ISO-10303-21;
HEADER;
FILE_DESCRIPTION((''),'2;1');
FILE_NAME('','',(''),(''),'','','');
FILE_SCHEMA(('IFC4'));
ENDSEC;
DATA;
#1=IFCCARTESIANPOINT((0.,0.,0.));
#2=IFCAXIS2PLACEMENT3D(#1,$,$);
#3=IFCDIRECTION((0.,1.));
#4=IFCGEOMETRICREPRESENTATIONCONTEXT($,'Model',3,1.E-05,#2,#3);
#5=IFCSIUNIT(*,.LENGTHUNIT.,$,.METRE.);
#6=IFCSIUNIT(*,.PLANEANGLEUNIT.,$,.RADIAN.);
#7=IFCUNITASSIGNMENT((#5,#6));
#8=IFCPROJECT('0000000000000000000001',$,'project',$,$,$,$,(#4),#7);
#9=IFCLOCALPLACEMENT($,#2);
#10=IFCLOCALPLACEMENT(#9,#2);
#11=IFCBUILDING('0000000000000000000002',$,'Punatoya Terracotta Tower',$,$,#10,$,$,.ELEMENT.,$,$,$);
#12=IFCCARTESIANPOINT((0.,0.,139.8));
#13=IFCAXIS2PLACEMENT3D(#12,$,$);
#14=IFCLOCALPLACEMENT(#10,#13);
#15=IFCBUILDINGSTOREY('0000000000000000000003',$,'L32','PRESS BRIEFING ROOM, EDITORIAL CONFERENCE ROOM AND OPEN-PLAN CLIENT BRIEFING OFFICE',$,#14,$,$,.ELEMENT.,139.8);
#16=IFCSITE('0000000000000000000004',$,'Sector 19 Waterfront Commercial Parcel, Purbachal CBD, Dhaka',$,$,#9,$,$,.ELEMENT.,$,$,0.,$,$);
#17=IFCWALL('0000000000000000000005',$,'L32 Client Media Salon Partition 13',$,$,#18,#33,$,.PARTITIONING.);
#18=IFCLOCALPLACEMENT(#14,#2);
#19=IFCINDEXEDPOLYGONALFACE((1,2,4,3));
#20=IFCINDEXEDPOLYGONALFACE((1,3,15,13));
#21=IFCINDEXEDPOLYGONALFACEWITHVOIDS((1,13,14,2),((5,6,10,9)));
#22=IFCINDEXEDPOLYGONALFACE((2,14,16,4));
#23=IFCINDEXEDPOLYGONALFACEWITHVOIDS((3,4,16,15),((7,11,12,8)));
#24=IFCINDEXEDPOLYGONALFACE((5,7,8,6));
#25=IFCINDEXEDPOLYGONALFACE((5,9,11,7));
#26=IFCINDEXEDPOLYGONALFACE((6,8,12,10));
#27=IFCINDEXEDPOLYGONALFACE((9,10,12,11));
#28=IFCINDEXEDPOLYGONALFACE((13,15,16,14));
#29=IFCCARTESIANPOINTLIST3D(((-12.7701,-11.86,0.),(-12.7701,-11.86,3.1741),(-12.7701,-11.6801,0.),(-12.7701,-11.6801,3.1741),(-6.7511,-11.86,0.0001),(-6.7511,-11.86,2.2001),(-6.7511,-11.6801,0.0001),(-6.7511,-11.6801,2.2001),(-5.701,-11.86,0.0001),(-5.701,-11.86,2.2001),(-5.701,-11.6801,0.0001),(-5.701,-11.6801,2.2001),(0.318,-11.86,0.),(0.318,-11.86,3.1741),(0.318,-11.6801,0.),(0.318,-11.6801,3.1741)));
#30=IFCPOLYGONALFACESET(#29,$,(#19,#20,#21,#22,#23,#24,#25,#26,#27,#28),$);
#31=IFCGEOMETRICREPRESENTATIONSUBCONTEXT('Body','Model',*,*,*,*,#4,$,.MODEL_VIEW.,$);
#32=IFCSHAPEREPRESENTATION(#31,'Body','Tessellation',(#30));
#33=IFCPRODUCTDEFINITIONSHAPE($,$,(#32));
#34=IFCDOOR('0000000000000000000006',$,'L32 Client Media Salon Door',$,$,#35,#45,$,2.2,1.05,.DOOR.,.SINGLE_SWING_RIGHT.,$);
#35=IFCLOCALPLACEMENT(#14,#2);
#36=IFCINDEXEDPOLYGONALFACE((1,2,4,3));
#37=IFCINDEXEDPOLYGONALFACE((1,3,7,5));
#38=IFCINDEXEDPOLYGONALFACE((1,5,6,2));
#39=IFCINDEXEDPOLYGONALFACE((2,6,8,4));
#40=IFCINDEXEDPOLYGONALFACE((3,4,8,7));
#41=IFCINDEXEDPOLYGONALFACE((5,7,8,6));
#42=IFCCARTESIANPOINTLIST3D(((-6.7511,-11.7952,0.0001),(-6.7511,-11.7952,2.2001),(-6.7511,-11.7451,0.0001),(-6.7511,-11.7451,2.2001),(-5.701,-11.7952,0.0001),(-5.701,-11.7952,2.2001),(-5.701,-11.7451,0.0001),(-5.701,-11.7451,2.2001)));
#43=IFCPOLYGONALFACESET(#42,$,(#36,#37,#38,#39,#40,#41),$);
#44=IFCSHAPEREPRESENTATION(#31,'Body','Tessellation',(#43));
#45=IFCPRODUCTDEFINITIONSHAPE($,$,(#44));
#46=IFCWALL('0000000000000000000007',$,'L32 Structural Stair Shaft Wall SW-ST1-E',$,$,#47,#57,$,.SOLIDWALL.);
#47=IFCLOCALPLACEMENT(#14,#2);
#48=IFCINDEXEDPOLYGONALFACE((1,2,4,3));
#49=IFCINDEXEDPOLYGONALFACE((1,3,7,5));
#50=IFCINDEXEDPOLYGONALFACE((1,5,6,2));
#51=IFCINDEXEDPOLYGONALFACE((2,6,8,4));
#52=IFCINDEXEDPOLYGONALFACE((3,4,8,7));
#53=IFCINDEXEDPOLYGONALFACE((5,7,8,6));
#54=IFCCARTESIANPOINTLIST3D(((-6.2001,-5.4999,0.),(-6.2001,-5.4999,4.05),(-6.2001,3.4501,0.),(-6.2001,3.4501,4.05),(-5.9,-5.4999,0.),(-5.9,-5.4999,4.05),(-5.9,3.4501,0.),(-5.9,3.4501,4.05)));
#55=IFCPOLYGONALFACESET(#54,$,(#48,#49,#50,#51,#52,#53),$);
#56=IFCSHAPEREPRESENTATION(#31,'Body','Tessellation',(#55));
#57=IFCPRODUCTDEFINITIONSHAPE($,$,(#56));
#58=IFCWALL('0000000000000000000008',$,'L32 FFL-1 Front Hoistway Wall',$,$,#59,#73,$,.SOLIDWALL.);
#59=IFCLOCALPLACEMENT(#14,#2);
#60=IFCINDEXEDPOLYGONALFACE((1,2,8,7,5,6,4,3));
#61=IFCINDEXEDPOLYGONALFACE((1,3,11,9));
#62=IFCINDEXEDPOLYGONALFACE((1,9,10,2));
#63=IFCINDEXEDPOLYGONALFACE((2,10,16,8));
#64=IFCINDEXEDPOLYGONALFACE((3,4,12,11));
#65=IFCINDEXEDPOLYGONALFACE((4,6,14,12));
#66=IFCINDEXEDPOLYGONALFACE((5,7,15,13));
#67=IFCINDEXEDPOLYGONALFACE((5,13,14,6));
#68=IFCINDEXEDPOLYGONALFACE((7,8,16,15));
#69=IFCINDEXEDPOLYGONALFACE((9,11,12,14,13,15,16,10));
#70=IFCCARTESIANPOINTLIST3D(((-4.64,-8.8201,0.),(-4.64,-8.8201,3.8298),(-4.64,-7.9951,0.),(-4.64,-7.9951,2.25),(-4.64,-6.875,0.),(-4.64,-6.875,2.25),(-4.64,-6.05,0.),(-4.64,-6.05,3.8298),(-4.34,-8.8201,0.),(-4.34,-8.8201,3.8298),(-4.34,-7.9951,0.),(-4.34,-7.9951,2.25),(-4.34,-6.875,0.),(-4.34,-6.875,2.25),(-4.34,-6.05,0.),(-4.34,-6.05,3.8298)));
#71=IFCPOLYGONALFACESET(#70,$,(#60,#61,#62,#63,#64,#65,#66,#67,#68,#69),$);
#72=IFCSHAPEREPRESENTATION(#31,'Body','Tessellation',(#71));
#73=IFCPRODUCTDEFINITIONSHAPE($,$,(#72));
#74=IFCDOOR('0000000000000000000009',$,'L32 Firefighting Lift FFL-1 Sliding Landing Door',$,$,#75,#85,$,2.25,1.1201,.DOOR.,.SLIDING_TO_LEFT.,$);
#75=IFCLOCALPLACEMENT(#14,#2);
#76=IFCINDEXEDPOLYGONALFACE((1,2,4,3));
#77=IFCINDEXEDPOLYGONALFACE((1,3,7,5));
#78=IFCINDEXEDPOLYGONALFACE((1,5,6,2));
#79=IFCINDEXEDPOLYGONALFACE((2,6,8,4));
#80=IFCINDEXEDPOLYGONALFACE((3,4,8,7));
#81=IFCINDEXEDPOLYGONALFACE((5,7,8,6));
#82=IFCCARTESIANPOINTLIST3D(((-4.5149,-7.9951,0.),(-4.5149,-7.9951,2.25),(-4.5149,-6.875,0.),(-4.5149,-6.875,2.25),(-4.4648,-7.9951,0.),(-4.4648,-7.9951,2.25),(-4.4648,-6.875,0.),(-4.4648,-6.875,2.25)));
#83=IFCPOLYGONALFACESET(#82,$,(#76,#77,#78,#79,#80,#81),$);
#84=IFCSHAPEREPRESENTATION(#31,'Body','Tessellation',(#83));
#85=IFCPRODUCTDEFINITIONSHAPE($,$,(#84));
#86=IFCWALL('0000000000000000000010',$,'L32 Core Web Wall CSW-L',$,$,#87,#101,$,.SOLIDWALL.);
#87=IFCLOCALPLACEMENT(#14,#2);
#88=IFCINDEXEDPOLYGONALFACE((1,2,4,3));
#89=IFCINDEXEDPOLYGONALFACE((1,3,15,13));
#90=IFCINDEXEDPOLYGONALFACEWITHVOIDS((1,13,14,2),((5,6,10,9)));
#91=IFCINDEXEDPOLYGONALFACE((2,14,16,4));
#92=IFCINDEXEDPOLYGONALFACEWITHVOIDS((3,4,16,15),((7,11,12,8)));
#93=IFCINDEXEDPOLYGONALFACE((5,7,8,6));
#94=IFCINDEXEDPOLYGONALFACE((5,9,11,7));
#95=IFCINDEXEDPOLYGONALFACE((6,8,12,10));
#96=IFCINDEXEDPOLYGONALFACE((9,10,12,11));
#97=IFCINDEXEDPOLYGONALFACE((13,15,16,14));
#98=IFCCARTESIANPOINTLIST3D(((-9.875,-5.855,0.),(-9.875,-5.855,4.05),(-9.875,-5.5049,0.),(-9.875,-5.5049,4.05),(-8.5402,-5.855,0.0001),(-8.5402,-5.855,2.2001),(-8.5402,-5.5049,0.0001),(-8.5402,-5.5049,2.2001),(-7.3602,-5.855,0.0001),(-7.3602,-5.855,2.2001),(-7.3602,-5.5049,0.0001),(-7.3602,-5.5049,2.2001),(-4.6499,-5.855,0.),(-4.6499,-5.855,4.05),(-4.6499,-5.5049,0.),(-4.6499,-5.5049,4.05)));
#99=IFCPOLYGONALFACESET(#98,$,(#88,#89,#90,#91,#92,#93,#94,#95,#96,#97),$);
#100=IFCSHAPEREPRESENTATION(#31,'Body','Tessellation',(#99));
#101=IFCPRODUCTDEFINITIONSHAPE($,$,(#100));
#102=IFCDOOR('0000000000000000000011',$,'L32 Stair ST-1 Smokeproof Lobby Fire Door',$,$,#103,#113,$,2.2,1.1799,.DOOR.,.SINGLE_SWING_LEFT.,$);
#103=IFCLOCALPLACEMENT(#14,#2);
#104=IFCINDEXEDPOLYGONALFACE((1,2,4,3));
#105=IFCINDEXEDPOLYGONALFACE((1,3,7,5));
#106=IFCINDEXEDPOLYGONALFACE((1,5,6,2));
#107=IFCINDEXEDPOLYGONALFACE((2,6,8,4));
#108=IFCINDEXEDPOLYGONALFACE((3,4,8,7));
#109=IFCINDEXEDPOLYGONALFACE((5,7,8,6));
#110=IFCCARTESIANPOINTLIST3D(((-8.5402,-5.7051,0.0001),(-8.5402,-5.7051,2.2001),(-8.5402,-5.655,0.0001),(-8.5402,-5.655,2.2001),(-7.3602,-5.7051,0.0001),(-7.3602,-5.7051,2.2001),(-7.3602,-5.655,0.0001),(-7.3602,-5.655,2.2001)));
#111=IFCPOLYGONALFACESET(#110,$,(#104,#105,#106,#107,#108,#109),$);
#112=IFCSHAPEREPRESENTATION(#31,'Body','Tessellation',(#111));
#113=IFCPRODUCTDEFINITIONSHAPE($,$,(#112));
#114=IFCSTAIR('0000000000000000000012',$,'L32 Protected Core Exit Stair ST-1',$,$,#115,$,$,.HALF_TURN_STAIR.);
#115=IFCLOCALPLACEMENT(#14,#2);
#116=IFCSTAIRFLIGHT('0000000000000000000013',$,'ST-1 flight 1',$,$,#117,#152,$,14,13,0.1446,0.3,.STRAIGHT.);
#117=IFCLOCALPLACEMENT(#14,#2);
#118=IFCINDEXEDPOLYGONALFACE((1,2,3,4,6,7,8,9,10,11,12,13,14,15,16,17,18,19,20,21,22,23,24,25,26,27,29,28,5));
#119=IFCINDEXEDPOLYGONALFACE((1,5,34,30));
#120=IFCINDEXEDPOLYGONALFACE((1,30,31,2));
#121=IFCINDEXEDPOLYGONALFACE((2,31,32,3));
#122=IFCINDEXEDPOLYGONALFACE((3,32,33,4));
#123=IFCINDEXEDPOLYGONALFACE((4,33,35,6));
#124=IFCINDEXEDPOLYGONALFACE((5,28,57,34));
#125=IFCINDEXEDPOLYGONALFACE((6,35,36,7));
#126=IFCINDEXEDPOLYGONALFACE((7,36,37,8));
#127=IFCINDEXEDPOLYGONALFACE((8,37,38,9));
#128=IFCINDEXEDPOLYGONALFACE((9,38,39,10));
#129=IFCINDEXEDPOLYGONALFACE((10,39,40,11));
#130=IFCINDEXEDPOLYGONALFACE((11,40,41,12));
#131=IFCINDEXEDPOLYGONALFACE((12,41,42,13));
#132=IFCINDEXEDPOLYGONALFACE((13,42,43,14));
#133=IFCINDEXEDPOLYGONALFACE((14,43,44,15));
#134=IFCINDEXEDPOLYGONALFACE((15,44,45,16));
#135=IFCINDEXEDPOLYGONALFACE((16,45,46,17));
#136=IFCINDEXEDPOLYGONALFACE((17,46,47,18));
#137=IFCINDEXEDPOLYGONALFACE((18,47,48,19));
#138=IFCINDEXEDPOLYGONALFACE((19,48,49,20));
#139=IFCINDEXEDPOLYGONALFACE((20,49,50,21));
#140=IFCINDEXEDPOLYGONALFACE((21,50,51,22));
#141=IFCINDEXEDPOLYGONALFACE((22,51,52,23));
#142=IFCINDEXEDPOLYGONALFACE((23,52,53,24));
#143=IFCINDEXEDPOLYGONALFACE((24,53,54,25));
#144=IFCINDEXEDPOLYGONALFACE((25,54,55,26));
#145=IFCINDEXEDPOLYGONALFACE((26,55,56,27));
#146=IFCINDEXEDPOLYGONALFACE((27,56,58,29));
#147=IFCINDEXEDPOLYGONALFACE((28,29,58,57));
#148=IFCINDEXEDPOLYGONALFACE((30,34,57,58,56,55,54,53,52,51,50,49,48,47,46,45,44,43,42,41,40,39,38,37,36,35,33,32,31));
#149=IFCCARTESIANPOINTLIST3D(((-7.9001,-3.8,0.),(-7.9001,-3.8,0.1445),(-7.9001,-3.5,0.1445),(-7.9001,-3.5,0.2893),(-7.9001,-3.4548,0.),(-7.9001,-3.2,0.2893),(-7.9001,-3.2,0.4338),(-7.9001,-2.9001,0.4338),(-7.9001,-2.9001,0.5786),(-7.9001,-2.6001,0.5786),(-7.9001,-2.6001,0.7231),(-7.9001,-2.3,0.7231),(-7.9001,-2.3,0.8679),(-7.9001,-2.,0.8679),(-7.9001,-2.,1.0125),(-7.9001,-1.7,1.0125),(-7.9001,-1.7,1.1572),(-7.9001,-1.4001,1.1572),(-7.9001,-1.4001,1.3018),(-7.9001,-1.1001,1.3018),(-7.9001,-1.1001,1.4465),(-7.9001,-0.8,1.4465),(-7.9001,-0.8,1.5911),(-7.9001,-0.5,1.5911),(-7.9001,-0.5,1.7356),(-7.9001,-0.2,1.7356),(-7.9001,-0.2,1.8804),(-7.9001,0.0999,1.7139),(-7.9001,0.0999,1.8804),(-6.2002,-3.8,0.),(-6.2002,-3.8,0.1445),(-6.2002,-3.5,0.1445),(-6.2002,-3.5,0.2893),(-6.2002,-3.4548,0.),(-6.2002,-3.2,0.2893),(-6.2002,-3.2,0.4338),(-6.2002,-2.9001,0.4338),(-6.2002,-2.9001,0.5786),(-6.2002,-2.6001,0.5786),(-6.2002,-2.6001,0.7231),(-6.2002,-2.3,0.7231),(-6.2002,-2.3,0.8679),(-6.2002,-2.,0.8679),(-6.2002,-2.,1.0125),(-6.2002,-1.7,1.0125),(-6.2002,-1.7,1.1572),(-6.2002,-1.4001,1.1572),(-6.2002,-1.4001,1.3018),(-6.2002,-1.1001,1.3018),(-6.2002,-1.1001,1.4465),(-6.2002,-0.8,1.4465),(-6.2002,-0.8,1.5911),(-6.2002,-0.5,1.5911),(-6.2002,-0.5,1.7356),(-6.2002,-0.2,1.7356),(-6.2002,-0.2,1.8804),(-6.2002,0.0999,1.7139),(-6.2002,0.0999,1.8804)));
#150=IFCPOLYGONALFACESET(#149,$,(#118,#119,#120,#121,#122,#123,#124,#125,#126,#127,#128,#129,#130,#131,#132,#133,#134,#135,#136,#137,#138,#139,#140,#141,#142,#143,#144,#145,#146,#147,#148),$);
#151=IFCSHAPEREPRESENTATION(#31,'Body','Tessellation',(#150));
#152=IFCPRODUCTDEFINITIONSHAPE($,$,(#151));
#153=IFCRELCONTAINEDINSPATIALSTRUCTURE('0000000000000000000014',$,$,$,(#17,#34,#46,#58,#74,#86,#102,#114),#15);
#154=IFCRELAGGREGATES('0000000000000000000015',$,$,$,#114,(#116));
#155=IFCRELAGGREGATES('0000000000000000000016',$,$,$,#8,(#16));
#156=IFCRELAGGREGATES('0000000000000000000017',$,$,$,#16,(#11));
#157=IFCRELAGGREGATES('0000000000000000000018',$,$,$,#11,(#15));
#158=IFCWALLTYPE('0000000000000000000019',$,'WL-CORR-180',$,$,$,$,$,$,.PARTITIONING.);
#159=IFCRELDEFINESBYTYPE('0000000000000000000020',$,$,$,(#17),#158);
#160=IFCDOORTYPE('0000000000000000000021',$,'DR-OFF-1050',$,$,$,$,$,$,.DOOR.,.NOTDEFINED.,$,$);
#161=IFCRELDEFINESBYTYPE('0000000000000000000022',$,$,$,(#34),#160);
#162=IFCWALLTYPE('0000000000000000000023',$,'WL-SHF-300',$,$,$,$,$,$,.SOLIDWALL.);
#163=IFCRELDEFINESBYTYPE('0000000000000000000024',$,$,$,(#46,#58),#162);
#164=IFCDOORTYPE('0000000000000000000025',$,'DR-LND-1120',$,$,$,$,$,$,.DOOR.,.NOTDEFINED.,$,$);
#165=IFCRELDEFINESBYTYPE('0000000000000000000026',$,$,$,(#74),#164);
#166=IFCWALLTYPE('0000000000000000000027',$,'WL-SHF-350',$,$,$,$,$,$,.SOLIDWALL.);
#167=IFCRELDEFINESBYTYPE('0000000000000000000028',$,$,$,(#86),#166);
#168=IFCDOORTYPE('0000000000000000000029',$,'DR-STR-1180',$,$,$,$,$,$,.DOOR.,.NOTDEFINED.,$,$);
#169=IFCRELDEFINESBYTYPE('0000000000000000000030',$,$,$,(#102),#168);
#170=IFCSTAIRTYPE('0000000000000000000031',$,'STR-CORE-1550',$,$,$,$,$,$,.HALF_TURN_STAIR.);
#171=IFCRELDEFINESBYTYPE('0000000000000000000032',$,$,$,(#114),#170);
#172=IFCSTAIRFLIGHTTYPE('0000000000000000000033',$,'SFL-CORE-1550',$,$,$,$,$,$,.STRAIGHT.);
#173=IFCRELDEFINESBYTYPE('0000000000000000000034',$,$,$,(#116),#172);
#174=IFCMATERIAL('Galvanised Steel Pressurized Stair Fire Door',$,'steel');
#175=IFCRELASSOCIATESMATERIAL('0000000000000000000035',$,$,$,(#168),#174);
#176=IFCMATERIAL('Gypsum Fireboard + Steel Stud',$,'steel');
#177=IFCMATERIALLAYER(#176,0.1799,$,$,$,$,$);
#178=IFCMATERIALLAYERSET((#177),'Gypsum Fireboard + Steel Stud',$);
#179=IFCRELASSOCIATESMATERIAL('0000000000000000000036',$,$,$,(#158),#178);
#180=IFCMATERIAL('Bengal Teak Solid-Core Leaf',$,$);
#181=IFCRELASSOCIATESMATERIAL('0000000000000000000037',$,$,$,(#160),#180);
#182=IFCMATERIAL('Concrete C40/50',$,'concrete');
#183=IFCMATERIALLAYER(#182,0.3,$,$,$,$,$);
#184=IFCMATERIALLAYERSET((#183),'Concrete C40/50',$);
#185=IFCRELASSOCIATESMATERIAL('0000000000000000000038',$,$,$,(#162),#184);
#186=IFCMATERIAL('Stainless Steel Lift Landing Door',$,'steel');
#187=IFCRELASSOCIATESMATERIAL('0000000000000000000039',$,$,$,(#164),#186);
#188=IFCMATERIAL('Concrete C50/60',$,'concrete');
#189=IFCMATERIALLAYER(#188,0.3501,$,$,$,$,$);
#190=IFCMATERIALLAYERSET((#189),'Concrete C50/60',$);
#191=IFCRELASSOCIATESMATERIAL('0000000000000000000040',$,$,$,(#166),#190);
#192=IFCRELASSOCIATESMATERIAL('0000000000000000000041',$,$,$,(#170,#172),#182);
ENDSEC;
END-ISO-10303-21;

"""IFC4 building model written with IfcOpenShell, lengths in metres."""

from ifc_helpers import new_model, si_unit, direction, frame, frame_2d, origin, place, context, subcontext, project, spatial, polyline, rectangle, outline, extrude, material, layer, layer_set, type_object, element, fill, aggregate, save


model = new_model("IFC4")

# Units and contexts
model_context = context("Model", 3, precision=1e-05, world=origin(), true_north=direction((0.0, 1.0)))
body_context = subcontext(model_context, "Body", "Model", "MODEL_VIEW")
ifc_project = project(units=[si_unit("LENGTHUNIT", "METRE"), si_unit("PLANEANGLEUNIT", "RADIAN")], contexts=[model_context])

# Site, building, storey
site_placement = place(None, origin())
site = spatial("IfcSite", under=ifc_project, at=site_placement, Name="Sector 19 Waterfront Commercial Parcel, Purbachal CBD, Dhaka", CompositionType="ELEMENT", RefElevation=0.0)
building_placement = place(site_placement, origin())
building = spatial("IfcBuilding", under=site, at=building_placement, Name="Punatoya Terracotta Tower", CompositionType="ELEMENT")
storey_placement = place(building_placement, frame((0.0, 0.0, 139.8)))
storey = spatial("IfcBuildingStorey", under=building, at=storey_placement, Name="L32", Description="PRESS BRIEFING ROOM, EDITORIAL CONFERENCE ROOM AND OPEN-PLAN CLIENT BRIEFING OFFICE", CompositionType="ELEMENT", Elevation=139.8)

# Wall, opening, door
ifc_material_1 = material(Name="Galvanised Steel Pressurized Stair Fire Door", Category="steel")
door_type_1 = type_object("IfcDoorType", Name="DR-STR-1180", OperationType="NOTDEFINED", PredefinedType="DOOR", material=ifc_material_1)
ifc_material_2 = material(Name="Gypsum Fireboard + Steel Stud", Category="steel")
ifc_layer_1 = layer(ifc_material_2, 0.1799)
ifc_layer_set_1 = layer_set([ifc_layer_1], Name="Gypsum Fireboard + Steel Stud")
wall_type_1 = type_object("IfcWallType", Name="WL-CORR-180", PredefinedType="PARTITIONING", material=ifc_layer_set_1)
wall_1_placement = place(storey_placement, frame((-12.77, -11.77, 0.0), z_axis=(0.0, 0.0, 1.0), x_axis=(1.0, 0.0, 0.0)))
wall_1 = element("IfcWall", 1, at=wall_1_placement, inside=storey, type_object=wall_type_1, Name="L32 Client Media Salon Partition 13", PredefinedType="PARTITIONING", context=body_context, shape_type="SweptSolid", body=[
    extrude(rectangle(XDim=13.0881, YDim=0.1799, at=frame_2d((6.5439, 0.0))), origin(), (0.0, 0.0, 1.0), 3.1741),
])
opening_1_placement = place(wall_1_placement, frame((6.019, 0.0, 0.0)))
opening_1 = element("IfcOpeningElement", 2, at=opening_1_placement, cuts=wall_1, PredefinedType="OPENING", context=body_context, shape_type="SweptSolid", body=[
    extrude(rectangle(XDim=1.05, YDim=2.2, at=frame_2d((0.5249, 1.1001))), frame((0.0, 0.0999, 0.0), z_axis=(0.0, -1.0, 0.0), x_axis=(1.0, 0.0, 0.0)), (0.0, 0.0, 1.0), 0.2),
])
ifc_material_3 = material(Name="Bengal Teak Solid-Core Leaf")
door_type_2 = type_object("IfcDoorType", Name="DR-OFF-1050", OperationType="NOTDEFINED", PredefinedType="DOOR", material=ifc_material_3)
door_1_placement = place(opening_1_placement, origin())
door_1 = element("IfcDoor", 3, at=door_1_placement, inside=storey, type_object=door_type_2, Name="L32 Client Media Salon Door", OperationType="SINGLE_SWING_RIGHT", OverallHeight=2.2, OverallWidth=1.05, PredefinedType="DOOR", context=body_context, shape_type="SweptSolid", body=[
    extrude(rectangle(XDim=1.05, YDim=2.2, at=frame_2d((0.5249, 1.1001))), frame((0.0, 0.0249, 0.0), z_axis=(0.0, -1.0, 0.0), x_axis=(1.0, 0.0, 0.0)), (0.0, 0.0, 1.0), 0.05),
])
fill(opening_1, door_1)

# Wall
ifc_material_4 = material(Name="Concrete C40/50", Category="concrete")
ifc_layer_2 = layer(ifc_material_4, 0.3)
ifc_layer_set_2 = layer_set([ifc_layer_2], Name="Concrete C40/50")
wall_type_2 = type_object("IfcWallType", Name="WL-SHF-300", PredefinedType="SOLIDWALL", material=ifc_layer_set_2)
wall_2_placement = place(storey_placement, frame((-6.05, -5.5, 0.0), z_axis=(0.0, 0.0, 1.0), x_axis=(0.0, 1.0, 0.0)))
element("IfcWall", 4, at=wall_2_placement, inside=storey, type_object=wall_type_2, Name="L32 Structural Stair Shaft Wall SW-ST1-E", PredefinedType="SOLIDWALL", context=body_context, shape_type="SweptSolid", body=[
    extrude(rectangle(XDim=8.95, YDim=0.3, at=frame_2d((4.4751, 0.0))), origin(), (0.0, 0.0, 1.0), 4.05),
])

# Walls, openings, doors
wall_3_placement = place(storey_placement, frame((-4.49, -8.8201, 0.0), z_axis=(0.0, 0.0, 1.0), x_axis=(0.0, 1.0, 0.0)))
wall_3 = element("IfcWall", 5, at=wall_3_placement, inside=storey, type_object=wall_type_2, Name="L32 FFL-1 Front Hoistway Wall", PredefinedType="SOLIDWALL", context=body_context, shape_type="SweptSolid", body=[
    extrude(rectangle(XDim=2.77, YDim=0.3, at=frame_2d((1.385, 0.0))), origin(), (0.0, 0.0, 1.0), 3.8298),
])
opening_2_placement = place(wall_3_placement, frame((0.825, 0.0, 0.0)))
opening_2 = element("IfcOpeningElement", 6, at=opening_2_placement, cuts=wall_3, PredefinedType="OPENING", context=body_context, shape_type="SweptSolid", body=[
    extrude(rectangle(XDim=1.1201, YDim=2.25, at=frame_2d((0.5601, 1.125))), frame((0.0, 0.1599, 0.0), z_axis=(0.0, -1.0, 0.0), x_axis=(1.0, 0.0, 0.0)), (0.0, 0.0, 1.0), 0.3201),
])
ifc_material_5 = material(Name="Stainless Steel Lift Landing Door", Category="steel")
door_type_3 = type_object("IfcDoorType", Name="DR-LND-1120", OperationType="NOTDEFINED", PredefinedType="DOOR", material=ifc_material_5)
door_2_placement = place(opening_2_placement, origin())
door_2 = element("IfcDoor", 7, at=door_2_placement, inside=storey, type_object=door_type_3, Name="L32 Firefighting Lift FFL-1 Sliding Landing Door", OperationType="SLIDING_TO_LEFT", OverallHeight=2.25, OverallWidth=1.1201, PredefinedType="DOOR", context=body_context, shape_type="SweptSolid", body=[
    extrude(rectangle(XDim=1.1201, YDim=2.25, at=frame_2d((0.5601, 1.125))), frame((0.0, 0.0249, 0.0), z_axis=(0.0, -1.0, 0.0), x_axis=(1.0, 0.0, 0.0)), (0.0, 0.0, 1.0), 0.05),
])
fill(opening_2, door_2)
ifc_material_6 = material(Name="Concrete C50/60", Category="concrete")
ifc_layer_3 = layer(ifc_material_6, 0.3501)
ifc_layer_set_3 = layer_set([ifc_layer_3], Name="Concrete C50/60")
wall_type_3 = type_object("IfcWallType", Name="WL-SHF-350", PredefinedType="SOLIDWALL", material=ifc_layer_set_3)
wall_4_placement = place(storey_placement, frame((-9.875, -5.6799, 0.0), z_axis=(0.0, 0.0, 1.0), x_axis=(1.0, 0.0, 0.0)))
wall_4 = element("IfcWall", 8, at=wall_4_placement, inside=storey, type_object=wall_type_3, Name="L32 Core Web Wall CSW-L", PredefinedType="SOLIDWALL", context=body_context, shape_type="SweptSolid", body=[
    extrude(rectangle(XDim=5.2251, YDim=0.3501, at=frame_2d((2.6125, 0.0))), origin(), (0.0, 0.0, 1.0), 4.05),
])
opening_3_placement = place(wall_4_placement, frame((1.335, 0.0, 0.0)))
opening_3 = element("IfcOpeningElement", 9, at=opening_3_placement, cuts=wall_4, PredefinedType="OPENING", context=body_context, shape_type="SweptSolid", body=[
    extrude(rectangle(XDim=1.1799, YDim=2.2, at=frame_2d((0.5898, 1.1001))), frame((0.0, 0.1851, 0.0), z_axis=(0.0, -1.0, 0.0), x_axis=(1.0, 0.0, 0.0)), (0.0, 0.0, 1.0), 0.3701),
])
door_3_placement = place(opening_3_placement, origin())
door_3 = element("IfcDoor", 10, at=door_3_placement, inside=storey, type_object=door_type_1, Name="L32 Stair ST-1 Smokeproof Lobby Fire Door", OperationType="SINGLE_SWING_LEFT", OverallHeight=2.2, OverallWidth=1.1799, PredefinedType="DOOR", context=body_context, shape_type="SweptSolid", body=[
    extrude(rectangle(XDim=1.1799, YDim=2.2, at=frame_2d((0.5898, 1.1001))), frame((0.0, 0.0249, 0.0), z_axis=(0.0, -1.0, 0.0), x_axis=(1.0, 0.0, 0.0)), (0.0, 0.0, 1.0), 0.05),
])
fill(opening_3, door_3)

# Stair, stair flight
stair_type = type_object("IfcStairType", Name="STR-CORE-1550", PredefinedType="HALF_TURN_STAIR", material=ifc_material_4)
stair_placement = place(storey_placement, origin())
stair = element("IfcStair", 11, at=stair_placement, inside=storey, type_object=stair_type, Name="L32 Protected Core Exit Stair ST-1", PredefinedType="HALF_TURN_STAIR")
stair_flight_type = type_object("IfcStairFlightType", Name="SFL-CORE-1550", PredefinedType="STRAIGHT", material=ifc_material_4)
stair_flight_placement = place(storey_placement, frame((-7.05, -3.8, 0.0), z_axis=(0.0, 0.0, 1.0), x_axis=(0.0, 1.0, 0.0)))
stair_flight = element("IfcStairFlight", 12, at=stair_flight_placement, type_object=stair_flight_type, Name="ST-1 flight 1", NumberOfRisers=14, NumberOfTreads=13, PredefinedType="STRAIGHT", RiserHeight=0.1446, TreadLength=0.3, context=body_context, shape_type="SweptSolid", body=[
    extrude(outline(polyline([(0.0, 0.0), (0.0, 0.1445), (0.3, 0.1445), (0.3, 0.2893), (0.6001, 0.2893), (0.6001, 0.4338), (0.8999, 0.4338), (0.8999, 0.5786), (1.2, 0.5786), (1.2, 0.7231), (1.5, 0.7231), (1.5, 0.8679), (1.8, 0.8679), (1.8, 1.0125), (2.1001, 1.0125), (2.1001, 1.1572), (2.3999, 1.1572), (2.3999, 1.3018), (2.7, 1.3018), (2.7, 1.4465), (3.0, 1.4465), (3.0, 1.5911), (3.3, 1.5911), (3.3, 1.7356), (3.6001, 1.7356), (3.6001, 1.8804), (3.8999, 1.8804), (3.8999, 2.0249), (3.8999, 1.7139), (0.3452, 0.0), (0.0, 0.0)])), frame((0.0, 0.8501, 0.0), z_axis=(0.0, -1.0, 0.0), x_axis=(1.0, 0.0, 0.0)), (0.0, 0.0, 1.0), 1.7),
])
aggregate(stair, [stair_flight])

save(model, "model.ifc")
